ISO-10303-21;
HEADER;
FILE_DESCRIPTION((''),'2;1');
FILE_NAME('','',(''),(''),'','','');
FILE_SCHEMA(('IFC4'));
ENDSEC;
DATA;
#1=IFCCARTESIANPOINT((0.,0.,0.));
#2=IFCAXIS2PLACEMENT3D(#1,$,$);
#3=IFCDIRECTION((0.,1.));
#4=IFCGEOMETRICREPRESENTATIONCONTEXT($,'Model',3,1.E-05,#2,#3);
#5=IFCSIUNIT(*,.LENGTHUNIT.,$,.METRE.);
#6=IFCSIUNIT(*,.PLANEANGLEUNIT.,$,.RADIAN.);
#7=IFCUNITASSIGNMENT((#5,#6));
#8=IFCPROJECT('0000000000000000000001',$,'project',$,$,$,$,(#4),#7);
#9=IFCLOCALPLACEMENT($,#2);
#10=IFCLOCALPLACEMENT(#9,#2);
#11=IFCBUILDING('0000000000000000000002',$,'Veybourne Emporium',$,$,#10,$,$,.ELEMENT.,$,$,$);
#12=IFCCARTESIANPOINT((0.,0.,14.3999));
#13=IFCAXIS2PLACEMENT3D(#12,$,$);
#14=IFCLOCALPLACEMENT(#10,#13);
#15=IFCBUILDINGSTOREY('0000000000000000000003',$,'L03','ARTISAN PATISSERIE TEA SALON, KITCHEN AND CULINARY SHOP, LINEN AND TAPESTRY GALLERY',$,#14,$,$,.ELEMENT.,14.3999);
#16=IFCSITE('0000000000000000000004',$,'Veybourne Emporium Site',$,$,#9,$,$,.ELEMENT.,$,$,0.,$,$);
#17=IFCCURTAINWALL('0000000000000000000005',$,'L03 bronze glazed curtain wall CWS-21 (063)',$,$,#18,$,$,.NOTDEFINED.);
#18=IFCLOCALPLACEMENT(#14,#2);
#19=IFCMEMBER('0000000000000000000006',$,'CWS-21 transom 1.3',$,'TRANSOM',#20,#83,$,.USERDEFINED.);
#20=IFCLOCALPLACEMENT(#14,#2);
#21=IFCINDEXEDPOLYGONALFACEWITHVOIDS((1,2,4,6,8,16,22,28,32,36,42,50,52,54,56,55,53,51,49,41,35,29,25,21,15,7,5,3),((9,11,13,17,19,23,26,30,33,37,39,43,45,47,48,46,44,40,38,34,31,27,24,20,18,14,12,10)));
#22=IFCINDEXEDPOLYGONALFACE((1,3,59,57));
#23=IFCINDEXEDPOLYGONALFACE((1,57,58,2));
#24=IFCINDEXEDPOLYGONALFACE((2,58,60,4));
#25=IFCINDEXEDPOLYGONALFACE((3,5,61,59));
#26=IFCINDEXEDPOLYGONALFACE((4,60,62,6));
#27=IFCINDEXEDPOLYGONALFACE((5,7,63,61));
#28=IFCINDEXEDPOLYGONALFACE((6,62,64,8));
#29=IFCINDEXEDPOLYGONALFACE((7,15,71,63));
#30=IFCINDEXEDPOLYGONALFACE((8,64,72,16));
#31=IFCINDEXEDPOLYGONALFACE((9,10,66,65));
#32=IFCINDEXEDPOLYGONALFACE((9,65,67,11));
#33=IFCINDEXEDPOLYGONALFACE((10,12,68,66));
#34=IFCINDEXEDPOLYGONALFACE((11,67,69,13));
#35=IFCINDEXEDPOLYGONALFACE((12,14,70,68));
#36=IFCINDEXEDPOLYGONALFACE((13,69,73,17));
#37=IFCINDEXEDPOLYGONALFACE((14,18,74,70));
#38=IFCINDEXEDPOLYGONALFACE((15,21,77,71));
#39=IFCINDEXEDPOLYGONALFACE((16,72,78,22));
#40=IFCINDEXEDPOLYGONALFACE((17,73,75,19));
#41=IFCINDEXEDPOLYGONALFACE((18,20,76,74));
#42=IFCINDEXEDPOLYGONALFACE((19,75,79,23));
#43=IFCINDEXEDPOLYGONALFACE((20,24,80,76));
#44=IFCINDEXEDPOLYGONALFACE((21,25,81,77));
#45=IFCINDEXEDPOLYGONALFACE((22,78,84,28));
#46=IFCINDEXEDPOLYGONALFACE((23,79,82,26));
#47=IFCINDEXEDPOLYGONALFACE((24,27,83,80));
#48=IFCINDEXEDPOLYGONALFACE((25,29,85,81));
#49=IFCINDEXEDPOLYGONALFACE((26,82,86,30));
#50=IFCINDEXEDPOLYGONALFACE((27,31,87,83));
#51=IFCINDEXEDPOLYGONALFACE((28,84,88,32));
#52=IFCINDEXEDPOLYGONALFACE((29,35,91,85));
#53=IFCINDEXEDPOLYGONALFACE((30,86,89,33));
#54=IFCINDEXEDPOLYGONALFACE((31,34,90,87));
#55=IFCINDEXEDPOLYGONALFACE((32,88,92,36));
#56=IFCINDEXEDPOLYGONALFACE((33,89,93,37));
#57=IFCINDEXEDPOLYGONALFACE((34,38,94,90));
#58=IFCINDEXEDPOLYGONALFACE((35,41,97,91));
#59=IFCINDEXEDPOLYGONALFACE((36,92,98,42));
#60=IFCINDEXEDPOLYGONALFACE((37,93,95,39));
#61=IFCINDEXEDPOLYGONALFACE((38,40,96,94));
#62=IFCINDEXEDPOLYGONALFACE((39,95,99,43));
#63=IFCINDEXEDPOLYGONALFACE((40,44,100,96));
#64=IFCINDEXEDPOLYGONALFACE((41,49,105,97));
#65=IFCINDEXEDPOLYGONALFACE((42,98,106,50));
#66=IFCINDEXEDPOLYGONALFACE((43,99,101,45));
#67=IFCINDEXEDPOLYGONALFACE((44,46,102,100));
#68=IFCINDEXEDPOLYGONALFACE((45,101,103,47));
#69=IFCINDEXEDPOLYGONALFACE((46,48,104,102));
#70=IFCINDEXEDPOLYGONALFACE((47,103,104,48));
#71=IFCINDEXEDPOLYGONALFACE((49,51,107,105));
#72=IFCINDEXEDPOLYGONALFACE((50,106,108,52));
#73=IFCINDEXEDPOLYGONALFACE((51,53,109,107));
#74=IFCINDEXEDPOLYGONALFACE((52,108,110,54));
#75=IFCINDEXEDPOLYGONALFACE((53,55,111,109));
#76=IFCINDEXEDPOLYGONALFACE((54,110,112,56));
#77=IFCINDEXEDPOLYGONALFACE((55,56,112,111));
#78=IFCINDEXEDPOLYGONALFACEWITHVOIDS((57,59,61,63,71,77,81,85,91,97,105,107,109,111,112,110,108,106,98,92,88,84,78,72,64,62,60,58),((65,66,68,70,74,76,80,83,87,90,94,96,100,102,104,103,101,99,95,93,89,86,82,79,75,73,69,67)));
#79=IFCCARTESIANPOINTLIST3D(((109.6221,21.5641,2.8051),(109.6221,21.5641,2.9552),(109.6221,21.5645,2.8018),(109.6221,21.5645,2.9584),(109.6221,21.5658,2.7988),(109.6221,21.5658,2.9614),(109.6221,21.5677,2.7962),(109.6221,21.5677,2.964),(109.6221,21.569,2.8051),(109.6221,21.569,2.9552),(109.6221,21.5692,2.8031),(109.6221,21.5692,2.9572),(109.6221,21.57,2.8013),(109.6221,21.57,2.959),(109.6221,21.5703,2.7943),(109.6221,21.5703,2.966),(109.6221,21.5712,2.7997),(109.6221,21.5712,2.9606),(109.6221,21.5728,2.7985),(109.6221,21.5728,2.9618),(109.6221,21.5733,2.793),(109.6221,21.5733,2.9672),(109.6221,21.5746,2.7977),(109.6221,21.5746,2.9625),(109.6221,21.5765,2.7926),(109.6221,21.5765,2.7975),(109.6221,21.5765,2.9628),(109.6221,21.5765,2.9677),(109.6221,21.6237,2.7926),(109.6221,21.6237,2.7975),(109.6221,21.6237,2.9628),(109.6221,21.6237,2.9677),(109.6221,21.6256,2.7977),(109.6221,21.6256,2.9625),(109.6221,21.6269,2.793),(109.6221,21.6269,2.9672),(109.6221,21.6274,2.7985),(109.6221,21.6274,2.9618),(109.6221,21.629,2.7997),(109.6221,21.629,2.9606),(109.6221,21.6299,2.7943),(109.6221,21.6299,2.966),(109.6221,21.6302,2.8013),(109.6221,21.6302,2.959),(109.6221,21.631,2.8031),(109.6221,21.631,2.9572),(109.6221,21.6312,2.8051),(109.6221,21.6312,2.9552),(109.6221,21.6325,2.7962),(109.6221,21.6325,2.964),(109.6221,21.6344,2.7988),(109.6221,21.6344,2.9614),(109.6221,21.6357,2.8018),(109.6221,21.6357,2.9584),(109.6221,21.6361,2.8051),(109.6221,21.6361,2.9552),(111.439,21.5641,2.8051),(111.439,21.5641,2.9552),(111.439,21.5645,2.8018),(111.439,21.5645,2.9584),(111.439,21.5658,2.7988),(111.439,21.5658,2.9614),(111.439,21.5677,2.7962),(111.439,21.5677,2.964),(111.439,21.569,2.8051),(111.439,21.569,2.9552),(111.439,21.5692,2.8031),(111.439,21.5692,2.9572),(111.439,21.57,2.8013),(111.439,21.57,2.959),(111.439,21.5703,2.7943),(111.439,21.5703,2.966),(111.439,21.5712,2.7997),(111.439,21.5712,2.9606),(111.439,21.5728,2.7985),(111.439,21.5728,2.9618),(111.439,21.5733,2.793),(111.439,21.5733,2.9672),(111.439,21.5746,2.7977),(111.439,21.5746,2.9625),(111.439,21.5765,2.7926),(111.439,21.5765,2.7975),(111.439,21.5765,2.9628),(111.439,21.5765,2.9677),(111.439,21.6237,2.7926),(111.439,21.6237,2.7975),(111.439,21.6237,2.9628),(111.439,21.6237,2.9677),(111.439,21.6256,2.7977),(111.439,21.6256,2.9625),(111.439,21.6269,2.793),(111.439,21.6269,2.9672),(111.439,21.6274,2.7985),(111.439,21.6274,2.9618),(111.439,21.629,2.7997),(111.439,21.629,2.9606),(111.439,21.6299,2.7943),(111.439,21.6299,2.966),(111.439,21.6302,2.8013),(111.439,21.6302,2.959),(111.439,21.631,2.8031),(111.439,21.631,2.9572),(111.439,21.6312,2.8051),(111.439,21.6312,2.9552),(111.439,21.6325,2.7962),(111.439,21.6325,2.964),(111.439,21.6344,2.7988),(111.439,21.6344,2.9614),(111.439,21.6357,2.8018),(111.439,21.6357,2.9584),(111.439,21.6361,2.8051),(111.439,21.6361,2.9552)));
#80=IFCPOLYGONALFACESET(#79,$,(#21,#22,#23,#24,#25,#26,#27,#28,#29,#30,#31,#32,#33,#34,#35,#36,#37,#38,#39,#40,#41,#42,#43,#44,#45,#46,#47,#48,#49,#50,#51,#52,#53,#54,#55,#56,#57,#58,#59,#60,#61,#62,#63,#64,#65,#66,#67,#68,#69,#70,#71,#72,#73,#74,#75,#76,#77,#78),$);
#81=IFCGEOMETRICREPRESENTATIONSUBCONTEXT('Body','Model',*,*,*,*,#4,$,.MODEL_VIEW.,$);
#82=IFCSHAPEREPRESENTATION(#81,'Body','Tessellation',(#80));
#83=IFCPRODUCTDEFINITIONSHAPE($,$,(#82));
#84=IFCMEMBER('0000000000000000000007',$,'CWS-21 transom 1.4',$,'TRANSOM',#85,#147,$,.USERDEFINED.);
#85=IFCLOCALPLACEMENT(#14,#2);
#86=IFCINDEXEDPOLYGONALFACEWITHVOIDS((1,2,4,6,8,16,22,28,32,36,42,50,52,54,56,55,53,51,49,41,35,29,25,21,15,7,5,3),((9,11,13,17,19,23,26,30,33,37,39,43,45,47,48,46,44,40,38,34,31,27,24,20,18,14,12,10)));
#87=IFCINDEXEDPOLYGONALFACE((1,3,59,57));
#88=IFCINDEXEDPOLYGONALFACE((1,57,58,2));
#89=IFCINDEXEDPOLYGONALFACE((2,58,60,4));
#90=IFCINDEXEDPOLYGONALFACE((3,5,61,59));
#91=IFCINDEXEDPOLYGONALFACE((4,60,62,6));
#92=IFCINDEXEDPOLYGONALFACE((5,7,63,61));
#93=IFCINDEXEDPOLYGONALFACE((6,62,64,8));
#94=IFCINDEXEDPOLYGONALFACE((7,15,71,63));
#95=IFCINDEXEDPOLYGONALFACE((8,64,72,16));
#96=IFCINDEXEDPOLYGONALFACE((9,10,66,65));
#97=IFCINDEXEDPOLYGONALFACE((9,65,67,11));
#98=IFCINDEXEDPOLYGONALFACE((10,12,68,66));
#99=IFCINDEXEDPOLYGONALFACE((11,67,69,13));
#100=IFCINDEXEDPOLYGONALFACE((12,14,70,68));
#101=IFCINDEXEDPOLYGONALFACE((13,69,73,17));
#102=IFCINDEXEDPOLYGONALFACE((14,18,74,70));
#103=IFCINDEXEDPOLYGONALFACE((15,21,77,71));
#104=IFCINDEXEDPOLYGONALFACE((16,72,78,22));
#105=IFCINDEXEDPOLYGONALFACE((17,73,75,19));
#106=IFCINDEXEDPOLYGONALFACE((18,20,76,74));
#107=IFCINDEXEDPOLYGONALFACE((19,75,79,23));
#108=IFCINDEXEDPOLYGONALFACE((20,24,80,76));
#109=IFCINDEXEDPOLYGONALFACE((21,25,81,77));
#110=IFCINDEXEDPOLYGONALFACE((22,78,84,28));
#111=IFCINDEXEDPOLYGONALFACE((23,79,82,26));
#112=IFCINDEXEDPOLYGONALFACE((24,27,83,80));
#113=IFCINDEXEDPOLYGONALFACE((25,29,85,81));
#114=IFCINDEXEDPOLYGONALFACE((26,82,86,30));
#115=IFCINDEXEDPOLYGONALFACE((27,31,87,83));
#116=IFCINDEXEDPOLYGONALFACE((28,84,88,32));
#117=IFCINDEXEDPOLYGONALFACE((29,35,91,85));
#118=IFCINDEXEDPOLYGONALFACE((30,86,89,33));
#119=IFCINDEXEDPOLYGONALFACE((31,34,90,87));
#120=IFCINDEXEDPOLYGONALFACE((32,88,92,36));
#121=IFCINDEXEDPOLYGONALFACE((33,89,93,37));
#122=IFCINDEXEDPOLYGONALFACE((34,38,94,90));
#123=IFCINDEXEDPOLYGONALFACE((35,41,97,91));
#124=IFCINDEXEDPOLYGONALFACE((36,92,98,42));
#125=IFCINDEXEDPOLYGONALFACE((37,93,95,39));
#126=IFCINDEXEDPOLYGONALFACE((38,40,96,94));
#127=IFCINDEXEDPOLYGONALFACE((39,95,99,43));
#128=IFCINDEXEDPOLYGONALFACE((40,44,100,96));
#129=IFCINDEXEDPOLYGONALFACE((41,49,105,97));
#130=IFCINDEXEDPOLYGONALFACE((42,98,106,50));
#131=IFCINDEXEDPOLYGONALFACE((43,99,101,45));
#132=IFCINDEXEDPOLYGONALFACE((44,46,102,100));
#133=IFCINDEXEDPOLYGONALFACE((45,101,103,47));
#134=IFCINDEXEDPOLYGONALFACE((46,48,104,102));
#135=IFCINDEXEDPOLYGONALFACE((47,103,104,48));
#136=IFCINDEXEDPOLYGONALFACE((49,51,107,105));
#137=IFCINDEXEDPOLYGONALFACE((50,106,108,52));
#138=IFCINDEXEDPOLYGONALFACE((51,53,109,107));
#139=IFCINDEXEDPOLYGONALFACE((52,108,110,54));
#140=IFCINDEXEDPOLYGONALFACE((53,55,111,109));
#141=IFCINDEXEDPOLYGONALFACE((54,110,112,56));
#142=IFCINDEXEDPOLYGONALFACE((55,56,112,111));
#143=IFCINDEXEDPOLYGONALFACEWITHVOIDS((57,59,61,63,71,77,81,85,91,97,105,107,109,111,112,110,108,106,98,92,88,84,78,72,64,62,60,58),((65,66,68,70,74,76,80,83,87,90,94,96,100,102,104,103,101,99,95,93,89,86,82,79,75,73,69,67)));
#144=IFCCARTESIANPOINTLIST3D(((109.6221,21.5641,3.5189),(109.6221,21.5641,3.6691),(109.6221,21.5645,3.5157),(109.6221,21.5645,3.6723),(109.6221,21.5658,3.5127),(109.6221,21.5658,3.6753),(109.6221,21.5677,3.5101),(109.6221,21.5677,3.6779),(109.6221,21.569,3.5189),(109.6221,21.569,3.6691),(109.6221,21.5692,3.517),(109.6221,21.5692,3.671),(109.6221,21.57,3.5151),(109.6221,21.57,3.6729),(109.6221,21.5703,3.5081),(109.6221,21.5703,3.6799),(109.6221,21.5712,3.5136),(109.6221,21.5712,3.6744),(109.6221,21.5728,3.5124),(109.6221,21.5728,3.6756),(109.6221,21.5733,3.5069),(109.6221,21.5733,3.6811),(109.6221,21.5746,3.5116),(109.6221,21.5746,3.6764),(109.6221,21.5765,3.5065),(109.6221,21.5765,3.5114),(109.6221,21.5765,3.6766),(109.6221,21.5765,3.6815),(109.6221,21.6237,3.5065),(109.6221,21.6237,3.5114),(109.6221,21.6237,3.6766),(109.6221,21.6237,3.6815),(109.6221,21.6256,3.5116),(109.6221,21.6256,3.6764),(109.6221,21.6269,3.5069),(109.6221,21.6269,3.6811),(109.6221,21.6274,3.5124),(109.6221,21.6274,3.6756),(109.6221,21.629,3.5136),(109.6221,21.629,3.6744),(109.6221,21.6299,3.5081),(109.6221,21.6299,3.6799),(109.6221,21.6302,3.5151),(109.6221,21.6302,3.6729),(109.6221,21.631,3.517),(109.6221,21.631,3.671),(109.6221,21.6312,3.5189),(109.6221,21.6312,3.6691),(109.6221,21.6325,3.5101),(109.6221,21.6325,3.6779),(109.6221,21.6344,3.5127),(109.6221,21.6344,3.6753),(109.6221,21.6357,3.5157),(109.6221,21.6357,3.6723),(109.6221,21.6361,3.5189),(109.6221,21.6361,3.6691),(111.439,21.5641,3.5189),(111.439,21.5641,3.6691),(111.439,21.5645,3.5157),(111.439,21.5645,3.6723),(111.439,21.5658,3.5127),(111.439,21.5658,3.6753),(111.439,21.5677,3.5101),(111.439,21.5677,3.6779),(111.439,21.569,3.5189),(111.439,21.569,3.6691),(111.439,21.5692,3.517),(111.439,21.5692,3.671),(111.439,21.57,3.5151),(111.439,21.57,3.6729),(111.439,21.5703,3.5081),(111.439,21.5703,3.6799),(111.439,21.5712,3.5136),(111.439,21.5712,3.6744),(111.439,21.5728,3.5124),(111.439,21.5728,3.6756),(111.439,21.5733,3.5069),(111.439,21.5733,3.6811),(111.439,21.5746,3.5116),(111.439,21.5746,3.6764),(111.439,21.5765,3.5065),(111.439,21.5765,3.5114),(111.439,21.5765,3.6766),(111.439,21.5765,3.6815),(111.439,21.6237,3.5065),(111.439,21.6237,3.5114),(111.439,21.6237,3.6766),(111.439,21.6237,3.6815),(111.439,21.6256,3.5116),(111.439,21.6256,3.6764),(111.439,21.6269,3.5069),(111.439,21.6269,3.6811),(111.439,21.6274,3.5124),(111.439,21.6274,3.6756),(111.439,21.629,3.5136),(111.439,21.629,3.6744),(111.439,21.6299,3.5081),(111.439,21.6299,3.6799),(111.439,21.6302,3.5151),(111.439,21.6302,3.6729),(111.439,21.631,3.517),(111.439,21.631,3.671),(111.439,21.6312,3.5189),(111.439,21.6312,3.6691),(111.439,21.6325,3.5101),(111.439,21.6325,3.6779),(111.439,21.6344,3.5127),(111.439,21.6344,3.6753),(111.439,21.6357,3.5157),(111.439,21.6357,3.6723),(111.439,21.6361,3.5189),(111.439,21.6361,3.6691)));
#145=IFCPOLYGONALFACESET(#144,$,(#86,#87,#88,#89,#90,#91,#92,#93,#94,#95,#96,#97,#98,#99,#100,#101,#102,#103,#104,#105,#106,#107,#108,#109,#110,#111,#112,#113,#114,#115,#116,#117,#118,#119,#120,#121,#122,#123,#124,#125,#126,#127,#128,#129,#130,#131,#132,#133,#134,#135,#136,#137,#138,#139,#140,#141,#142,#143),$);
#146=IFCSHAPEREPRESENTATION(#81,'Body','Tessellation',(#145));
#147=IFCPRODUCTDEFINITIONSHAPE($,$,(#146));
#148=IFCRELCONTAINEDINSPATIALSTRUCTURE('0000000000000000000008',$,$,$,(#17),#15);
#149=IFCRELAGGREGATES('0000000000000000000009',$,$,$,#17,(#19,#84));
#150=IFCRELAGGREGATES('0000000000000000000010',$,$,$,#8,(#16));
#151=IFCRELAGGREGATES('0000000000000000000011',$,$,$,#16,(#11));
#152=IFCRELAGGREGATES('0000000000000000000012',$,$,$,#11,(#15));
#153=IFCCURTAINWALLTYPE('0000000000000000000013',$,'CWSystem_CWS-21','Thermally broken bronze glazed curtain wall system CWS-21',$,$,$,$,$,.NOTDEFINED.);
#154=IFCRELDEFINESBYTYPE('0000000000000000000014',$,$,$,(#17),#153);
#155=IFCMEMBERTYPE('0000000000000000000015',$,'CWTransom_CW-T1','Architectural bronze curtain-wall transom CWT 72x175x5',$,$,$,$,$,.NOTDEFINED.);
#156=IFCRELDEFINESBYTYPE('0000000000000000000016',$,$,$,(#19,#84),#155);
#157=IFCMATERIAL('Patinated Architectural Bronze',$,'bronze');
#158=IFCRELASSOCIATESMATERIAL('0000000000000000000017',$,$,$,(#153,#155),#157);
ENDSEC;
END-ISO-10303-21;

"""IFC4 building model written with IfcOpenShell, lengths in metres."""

from ifc_helpers import new_model, si_unit, direction, frame, origin, origin_2d, place, context, subcontext, project, spatial, hollow_rectangle, extrude, material, material_profile, profile_set, type_object, element, aggregate, save


model = new_model("IFC4")

# Units and contexts
model_context = context("Model", 3, precision=1e-05, world=origin(), true_north=direction((0.0, 1.0)))
body_context = subcontext(model_context, "Body", "Model", "MODEL_VIEW")
ifc_project = project(units=[si_unit("LENGTHUNIT", "METRE"), si_unit("PLANEANGLEUNIT", "RADIAN")], contexts=[model_context])

# Site, building, storey
site_placement = place(None, origin())
site = spatial("IfcSite", under=ifc_project, at=site_placement, Name="Veybourne Emporium Site", CompositionType="ELEMENT", RefElevation=0.0)
building_placement = place(site_placement, origin())
building = spatial("IfcBuilding", under=site, at=building_placement, Name="Veybourne Emporium", CompositionType="ELEMENT")
storey_placement = place(building_placement, frame((0.0, 0.0, 14.3999)))
storey = spatial("IfcBuildingStorey", under=building, at=storey_placement, Name="L03", Description="ARTISAN PATISSERIE TEA SALON, KITCHEN AND CULINARY SHOP, LINEN AND TAPESTRY GALLERY", CompositionType="ELEMENT", Elevation=14.3999)

# Curtain wall, members
ifc_material_1 = material(Name="Patinated Architectural Bronze", Category="bronze")
curtain_wall_type = type_object("IfcCurtainWallType", Name="CWSystem_CWS-21", Description="Thermally broken bronze glazed curtain wall system CWS-21", PredefinedType="NOTDEFINED", material=ifc_material_1)
curtain_wall_placement = place(storey_placement, origin())
curtain_wall = element("IfcCurtainWall", 1, at=curtain_wall_placement, inside=storey, type_object=curtain_wall_type, Name="L03 bronze glazed curtain wall CWS-21 (063)", PredefinedType="NOTDEFINED")
ifc_material_profile_1 = material_profile(ifc_material_1, hollow_rectangle(XDim=0.072, YDim=0.175, WallThickness=0.0049, InnerFilletRadius=0.0076, OuterFilletRadius=0.0125, at=origin_2d()), Name="CWT 72x175x5")
ifc_profile_set_1 = profile_set([ifc_material_profile_1], Name="Patinated Architectural Bronze")
member_type_1 = type_object("IfcMemberType", Name="CWTransom_CW-T1", Description="Architectural bronze curtain-wall transom CWT 72x175x5", PredefinedType="NOTDEFINED", material=ifc_profile_set_1)
member_1_placement = place(storey_placement, frame((109.6221, 21.6001, 2.8801), z_axis=(1.0, 0.0, 0.0), x_axis=(0.0, 1.0, 0.0)))
member_1 = element("IfcMember", 2, at=member_1_placement, type_object=member_type_1, Name="CWS-21 transom 1.3", ObjectType="TRANSOM", PredefinedType="USERDEFINED", context=body_context, shape_type="SweptSolid", body=[
    extrude(hollow_rectangle(XDim=0.072, YDim=0.175, WallThickness=0.0049, InnerFilletRadius=0.0076, OuterFilletRadius=0.0125, at=origin_2d()), origin(), (0.0, 0.0, 1.0), 1.8169),
])
member_2_placement = place(storey_placement, frame((109.6221, 21.6001, 3.594), z_axis=(1.0, 0.0, 0.0), x_axis=(0.0, 1.0, 0.0)))
member_2 = element("IfcMember", 3, at=member_2_placement, type_object=member_type_1, Name="CWS-21 transom 1.4", ObjectType="TRANSOM", PredefinedType="USERDEFINED", context=body_context, shape_type="SweptSolid", body=[
    extrude(hollow_rectangle(XDim=0.072, YDim=0.175, WallThickness=0.0049, InnerFilletRadius=0.0076, OuterFilletRadius=0.0125, at=origin_2d()), origin(), (0.0, 0.0, 1.0), 1.8169),
])
aggregate(curtain_wall, [member_1, member_2])

save(model, "model.ifc")
